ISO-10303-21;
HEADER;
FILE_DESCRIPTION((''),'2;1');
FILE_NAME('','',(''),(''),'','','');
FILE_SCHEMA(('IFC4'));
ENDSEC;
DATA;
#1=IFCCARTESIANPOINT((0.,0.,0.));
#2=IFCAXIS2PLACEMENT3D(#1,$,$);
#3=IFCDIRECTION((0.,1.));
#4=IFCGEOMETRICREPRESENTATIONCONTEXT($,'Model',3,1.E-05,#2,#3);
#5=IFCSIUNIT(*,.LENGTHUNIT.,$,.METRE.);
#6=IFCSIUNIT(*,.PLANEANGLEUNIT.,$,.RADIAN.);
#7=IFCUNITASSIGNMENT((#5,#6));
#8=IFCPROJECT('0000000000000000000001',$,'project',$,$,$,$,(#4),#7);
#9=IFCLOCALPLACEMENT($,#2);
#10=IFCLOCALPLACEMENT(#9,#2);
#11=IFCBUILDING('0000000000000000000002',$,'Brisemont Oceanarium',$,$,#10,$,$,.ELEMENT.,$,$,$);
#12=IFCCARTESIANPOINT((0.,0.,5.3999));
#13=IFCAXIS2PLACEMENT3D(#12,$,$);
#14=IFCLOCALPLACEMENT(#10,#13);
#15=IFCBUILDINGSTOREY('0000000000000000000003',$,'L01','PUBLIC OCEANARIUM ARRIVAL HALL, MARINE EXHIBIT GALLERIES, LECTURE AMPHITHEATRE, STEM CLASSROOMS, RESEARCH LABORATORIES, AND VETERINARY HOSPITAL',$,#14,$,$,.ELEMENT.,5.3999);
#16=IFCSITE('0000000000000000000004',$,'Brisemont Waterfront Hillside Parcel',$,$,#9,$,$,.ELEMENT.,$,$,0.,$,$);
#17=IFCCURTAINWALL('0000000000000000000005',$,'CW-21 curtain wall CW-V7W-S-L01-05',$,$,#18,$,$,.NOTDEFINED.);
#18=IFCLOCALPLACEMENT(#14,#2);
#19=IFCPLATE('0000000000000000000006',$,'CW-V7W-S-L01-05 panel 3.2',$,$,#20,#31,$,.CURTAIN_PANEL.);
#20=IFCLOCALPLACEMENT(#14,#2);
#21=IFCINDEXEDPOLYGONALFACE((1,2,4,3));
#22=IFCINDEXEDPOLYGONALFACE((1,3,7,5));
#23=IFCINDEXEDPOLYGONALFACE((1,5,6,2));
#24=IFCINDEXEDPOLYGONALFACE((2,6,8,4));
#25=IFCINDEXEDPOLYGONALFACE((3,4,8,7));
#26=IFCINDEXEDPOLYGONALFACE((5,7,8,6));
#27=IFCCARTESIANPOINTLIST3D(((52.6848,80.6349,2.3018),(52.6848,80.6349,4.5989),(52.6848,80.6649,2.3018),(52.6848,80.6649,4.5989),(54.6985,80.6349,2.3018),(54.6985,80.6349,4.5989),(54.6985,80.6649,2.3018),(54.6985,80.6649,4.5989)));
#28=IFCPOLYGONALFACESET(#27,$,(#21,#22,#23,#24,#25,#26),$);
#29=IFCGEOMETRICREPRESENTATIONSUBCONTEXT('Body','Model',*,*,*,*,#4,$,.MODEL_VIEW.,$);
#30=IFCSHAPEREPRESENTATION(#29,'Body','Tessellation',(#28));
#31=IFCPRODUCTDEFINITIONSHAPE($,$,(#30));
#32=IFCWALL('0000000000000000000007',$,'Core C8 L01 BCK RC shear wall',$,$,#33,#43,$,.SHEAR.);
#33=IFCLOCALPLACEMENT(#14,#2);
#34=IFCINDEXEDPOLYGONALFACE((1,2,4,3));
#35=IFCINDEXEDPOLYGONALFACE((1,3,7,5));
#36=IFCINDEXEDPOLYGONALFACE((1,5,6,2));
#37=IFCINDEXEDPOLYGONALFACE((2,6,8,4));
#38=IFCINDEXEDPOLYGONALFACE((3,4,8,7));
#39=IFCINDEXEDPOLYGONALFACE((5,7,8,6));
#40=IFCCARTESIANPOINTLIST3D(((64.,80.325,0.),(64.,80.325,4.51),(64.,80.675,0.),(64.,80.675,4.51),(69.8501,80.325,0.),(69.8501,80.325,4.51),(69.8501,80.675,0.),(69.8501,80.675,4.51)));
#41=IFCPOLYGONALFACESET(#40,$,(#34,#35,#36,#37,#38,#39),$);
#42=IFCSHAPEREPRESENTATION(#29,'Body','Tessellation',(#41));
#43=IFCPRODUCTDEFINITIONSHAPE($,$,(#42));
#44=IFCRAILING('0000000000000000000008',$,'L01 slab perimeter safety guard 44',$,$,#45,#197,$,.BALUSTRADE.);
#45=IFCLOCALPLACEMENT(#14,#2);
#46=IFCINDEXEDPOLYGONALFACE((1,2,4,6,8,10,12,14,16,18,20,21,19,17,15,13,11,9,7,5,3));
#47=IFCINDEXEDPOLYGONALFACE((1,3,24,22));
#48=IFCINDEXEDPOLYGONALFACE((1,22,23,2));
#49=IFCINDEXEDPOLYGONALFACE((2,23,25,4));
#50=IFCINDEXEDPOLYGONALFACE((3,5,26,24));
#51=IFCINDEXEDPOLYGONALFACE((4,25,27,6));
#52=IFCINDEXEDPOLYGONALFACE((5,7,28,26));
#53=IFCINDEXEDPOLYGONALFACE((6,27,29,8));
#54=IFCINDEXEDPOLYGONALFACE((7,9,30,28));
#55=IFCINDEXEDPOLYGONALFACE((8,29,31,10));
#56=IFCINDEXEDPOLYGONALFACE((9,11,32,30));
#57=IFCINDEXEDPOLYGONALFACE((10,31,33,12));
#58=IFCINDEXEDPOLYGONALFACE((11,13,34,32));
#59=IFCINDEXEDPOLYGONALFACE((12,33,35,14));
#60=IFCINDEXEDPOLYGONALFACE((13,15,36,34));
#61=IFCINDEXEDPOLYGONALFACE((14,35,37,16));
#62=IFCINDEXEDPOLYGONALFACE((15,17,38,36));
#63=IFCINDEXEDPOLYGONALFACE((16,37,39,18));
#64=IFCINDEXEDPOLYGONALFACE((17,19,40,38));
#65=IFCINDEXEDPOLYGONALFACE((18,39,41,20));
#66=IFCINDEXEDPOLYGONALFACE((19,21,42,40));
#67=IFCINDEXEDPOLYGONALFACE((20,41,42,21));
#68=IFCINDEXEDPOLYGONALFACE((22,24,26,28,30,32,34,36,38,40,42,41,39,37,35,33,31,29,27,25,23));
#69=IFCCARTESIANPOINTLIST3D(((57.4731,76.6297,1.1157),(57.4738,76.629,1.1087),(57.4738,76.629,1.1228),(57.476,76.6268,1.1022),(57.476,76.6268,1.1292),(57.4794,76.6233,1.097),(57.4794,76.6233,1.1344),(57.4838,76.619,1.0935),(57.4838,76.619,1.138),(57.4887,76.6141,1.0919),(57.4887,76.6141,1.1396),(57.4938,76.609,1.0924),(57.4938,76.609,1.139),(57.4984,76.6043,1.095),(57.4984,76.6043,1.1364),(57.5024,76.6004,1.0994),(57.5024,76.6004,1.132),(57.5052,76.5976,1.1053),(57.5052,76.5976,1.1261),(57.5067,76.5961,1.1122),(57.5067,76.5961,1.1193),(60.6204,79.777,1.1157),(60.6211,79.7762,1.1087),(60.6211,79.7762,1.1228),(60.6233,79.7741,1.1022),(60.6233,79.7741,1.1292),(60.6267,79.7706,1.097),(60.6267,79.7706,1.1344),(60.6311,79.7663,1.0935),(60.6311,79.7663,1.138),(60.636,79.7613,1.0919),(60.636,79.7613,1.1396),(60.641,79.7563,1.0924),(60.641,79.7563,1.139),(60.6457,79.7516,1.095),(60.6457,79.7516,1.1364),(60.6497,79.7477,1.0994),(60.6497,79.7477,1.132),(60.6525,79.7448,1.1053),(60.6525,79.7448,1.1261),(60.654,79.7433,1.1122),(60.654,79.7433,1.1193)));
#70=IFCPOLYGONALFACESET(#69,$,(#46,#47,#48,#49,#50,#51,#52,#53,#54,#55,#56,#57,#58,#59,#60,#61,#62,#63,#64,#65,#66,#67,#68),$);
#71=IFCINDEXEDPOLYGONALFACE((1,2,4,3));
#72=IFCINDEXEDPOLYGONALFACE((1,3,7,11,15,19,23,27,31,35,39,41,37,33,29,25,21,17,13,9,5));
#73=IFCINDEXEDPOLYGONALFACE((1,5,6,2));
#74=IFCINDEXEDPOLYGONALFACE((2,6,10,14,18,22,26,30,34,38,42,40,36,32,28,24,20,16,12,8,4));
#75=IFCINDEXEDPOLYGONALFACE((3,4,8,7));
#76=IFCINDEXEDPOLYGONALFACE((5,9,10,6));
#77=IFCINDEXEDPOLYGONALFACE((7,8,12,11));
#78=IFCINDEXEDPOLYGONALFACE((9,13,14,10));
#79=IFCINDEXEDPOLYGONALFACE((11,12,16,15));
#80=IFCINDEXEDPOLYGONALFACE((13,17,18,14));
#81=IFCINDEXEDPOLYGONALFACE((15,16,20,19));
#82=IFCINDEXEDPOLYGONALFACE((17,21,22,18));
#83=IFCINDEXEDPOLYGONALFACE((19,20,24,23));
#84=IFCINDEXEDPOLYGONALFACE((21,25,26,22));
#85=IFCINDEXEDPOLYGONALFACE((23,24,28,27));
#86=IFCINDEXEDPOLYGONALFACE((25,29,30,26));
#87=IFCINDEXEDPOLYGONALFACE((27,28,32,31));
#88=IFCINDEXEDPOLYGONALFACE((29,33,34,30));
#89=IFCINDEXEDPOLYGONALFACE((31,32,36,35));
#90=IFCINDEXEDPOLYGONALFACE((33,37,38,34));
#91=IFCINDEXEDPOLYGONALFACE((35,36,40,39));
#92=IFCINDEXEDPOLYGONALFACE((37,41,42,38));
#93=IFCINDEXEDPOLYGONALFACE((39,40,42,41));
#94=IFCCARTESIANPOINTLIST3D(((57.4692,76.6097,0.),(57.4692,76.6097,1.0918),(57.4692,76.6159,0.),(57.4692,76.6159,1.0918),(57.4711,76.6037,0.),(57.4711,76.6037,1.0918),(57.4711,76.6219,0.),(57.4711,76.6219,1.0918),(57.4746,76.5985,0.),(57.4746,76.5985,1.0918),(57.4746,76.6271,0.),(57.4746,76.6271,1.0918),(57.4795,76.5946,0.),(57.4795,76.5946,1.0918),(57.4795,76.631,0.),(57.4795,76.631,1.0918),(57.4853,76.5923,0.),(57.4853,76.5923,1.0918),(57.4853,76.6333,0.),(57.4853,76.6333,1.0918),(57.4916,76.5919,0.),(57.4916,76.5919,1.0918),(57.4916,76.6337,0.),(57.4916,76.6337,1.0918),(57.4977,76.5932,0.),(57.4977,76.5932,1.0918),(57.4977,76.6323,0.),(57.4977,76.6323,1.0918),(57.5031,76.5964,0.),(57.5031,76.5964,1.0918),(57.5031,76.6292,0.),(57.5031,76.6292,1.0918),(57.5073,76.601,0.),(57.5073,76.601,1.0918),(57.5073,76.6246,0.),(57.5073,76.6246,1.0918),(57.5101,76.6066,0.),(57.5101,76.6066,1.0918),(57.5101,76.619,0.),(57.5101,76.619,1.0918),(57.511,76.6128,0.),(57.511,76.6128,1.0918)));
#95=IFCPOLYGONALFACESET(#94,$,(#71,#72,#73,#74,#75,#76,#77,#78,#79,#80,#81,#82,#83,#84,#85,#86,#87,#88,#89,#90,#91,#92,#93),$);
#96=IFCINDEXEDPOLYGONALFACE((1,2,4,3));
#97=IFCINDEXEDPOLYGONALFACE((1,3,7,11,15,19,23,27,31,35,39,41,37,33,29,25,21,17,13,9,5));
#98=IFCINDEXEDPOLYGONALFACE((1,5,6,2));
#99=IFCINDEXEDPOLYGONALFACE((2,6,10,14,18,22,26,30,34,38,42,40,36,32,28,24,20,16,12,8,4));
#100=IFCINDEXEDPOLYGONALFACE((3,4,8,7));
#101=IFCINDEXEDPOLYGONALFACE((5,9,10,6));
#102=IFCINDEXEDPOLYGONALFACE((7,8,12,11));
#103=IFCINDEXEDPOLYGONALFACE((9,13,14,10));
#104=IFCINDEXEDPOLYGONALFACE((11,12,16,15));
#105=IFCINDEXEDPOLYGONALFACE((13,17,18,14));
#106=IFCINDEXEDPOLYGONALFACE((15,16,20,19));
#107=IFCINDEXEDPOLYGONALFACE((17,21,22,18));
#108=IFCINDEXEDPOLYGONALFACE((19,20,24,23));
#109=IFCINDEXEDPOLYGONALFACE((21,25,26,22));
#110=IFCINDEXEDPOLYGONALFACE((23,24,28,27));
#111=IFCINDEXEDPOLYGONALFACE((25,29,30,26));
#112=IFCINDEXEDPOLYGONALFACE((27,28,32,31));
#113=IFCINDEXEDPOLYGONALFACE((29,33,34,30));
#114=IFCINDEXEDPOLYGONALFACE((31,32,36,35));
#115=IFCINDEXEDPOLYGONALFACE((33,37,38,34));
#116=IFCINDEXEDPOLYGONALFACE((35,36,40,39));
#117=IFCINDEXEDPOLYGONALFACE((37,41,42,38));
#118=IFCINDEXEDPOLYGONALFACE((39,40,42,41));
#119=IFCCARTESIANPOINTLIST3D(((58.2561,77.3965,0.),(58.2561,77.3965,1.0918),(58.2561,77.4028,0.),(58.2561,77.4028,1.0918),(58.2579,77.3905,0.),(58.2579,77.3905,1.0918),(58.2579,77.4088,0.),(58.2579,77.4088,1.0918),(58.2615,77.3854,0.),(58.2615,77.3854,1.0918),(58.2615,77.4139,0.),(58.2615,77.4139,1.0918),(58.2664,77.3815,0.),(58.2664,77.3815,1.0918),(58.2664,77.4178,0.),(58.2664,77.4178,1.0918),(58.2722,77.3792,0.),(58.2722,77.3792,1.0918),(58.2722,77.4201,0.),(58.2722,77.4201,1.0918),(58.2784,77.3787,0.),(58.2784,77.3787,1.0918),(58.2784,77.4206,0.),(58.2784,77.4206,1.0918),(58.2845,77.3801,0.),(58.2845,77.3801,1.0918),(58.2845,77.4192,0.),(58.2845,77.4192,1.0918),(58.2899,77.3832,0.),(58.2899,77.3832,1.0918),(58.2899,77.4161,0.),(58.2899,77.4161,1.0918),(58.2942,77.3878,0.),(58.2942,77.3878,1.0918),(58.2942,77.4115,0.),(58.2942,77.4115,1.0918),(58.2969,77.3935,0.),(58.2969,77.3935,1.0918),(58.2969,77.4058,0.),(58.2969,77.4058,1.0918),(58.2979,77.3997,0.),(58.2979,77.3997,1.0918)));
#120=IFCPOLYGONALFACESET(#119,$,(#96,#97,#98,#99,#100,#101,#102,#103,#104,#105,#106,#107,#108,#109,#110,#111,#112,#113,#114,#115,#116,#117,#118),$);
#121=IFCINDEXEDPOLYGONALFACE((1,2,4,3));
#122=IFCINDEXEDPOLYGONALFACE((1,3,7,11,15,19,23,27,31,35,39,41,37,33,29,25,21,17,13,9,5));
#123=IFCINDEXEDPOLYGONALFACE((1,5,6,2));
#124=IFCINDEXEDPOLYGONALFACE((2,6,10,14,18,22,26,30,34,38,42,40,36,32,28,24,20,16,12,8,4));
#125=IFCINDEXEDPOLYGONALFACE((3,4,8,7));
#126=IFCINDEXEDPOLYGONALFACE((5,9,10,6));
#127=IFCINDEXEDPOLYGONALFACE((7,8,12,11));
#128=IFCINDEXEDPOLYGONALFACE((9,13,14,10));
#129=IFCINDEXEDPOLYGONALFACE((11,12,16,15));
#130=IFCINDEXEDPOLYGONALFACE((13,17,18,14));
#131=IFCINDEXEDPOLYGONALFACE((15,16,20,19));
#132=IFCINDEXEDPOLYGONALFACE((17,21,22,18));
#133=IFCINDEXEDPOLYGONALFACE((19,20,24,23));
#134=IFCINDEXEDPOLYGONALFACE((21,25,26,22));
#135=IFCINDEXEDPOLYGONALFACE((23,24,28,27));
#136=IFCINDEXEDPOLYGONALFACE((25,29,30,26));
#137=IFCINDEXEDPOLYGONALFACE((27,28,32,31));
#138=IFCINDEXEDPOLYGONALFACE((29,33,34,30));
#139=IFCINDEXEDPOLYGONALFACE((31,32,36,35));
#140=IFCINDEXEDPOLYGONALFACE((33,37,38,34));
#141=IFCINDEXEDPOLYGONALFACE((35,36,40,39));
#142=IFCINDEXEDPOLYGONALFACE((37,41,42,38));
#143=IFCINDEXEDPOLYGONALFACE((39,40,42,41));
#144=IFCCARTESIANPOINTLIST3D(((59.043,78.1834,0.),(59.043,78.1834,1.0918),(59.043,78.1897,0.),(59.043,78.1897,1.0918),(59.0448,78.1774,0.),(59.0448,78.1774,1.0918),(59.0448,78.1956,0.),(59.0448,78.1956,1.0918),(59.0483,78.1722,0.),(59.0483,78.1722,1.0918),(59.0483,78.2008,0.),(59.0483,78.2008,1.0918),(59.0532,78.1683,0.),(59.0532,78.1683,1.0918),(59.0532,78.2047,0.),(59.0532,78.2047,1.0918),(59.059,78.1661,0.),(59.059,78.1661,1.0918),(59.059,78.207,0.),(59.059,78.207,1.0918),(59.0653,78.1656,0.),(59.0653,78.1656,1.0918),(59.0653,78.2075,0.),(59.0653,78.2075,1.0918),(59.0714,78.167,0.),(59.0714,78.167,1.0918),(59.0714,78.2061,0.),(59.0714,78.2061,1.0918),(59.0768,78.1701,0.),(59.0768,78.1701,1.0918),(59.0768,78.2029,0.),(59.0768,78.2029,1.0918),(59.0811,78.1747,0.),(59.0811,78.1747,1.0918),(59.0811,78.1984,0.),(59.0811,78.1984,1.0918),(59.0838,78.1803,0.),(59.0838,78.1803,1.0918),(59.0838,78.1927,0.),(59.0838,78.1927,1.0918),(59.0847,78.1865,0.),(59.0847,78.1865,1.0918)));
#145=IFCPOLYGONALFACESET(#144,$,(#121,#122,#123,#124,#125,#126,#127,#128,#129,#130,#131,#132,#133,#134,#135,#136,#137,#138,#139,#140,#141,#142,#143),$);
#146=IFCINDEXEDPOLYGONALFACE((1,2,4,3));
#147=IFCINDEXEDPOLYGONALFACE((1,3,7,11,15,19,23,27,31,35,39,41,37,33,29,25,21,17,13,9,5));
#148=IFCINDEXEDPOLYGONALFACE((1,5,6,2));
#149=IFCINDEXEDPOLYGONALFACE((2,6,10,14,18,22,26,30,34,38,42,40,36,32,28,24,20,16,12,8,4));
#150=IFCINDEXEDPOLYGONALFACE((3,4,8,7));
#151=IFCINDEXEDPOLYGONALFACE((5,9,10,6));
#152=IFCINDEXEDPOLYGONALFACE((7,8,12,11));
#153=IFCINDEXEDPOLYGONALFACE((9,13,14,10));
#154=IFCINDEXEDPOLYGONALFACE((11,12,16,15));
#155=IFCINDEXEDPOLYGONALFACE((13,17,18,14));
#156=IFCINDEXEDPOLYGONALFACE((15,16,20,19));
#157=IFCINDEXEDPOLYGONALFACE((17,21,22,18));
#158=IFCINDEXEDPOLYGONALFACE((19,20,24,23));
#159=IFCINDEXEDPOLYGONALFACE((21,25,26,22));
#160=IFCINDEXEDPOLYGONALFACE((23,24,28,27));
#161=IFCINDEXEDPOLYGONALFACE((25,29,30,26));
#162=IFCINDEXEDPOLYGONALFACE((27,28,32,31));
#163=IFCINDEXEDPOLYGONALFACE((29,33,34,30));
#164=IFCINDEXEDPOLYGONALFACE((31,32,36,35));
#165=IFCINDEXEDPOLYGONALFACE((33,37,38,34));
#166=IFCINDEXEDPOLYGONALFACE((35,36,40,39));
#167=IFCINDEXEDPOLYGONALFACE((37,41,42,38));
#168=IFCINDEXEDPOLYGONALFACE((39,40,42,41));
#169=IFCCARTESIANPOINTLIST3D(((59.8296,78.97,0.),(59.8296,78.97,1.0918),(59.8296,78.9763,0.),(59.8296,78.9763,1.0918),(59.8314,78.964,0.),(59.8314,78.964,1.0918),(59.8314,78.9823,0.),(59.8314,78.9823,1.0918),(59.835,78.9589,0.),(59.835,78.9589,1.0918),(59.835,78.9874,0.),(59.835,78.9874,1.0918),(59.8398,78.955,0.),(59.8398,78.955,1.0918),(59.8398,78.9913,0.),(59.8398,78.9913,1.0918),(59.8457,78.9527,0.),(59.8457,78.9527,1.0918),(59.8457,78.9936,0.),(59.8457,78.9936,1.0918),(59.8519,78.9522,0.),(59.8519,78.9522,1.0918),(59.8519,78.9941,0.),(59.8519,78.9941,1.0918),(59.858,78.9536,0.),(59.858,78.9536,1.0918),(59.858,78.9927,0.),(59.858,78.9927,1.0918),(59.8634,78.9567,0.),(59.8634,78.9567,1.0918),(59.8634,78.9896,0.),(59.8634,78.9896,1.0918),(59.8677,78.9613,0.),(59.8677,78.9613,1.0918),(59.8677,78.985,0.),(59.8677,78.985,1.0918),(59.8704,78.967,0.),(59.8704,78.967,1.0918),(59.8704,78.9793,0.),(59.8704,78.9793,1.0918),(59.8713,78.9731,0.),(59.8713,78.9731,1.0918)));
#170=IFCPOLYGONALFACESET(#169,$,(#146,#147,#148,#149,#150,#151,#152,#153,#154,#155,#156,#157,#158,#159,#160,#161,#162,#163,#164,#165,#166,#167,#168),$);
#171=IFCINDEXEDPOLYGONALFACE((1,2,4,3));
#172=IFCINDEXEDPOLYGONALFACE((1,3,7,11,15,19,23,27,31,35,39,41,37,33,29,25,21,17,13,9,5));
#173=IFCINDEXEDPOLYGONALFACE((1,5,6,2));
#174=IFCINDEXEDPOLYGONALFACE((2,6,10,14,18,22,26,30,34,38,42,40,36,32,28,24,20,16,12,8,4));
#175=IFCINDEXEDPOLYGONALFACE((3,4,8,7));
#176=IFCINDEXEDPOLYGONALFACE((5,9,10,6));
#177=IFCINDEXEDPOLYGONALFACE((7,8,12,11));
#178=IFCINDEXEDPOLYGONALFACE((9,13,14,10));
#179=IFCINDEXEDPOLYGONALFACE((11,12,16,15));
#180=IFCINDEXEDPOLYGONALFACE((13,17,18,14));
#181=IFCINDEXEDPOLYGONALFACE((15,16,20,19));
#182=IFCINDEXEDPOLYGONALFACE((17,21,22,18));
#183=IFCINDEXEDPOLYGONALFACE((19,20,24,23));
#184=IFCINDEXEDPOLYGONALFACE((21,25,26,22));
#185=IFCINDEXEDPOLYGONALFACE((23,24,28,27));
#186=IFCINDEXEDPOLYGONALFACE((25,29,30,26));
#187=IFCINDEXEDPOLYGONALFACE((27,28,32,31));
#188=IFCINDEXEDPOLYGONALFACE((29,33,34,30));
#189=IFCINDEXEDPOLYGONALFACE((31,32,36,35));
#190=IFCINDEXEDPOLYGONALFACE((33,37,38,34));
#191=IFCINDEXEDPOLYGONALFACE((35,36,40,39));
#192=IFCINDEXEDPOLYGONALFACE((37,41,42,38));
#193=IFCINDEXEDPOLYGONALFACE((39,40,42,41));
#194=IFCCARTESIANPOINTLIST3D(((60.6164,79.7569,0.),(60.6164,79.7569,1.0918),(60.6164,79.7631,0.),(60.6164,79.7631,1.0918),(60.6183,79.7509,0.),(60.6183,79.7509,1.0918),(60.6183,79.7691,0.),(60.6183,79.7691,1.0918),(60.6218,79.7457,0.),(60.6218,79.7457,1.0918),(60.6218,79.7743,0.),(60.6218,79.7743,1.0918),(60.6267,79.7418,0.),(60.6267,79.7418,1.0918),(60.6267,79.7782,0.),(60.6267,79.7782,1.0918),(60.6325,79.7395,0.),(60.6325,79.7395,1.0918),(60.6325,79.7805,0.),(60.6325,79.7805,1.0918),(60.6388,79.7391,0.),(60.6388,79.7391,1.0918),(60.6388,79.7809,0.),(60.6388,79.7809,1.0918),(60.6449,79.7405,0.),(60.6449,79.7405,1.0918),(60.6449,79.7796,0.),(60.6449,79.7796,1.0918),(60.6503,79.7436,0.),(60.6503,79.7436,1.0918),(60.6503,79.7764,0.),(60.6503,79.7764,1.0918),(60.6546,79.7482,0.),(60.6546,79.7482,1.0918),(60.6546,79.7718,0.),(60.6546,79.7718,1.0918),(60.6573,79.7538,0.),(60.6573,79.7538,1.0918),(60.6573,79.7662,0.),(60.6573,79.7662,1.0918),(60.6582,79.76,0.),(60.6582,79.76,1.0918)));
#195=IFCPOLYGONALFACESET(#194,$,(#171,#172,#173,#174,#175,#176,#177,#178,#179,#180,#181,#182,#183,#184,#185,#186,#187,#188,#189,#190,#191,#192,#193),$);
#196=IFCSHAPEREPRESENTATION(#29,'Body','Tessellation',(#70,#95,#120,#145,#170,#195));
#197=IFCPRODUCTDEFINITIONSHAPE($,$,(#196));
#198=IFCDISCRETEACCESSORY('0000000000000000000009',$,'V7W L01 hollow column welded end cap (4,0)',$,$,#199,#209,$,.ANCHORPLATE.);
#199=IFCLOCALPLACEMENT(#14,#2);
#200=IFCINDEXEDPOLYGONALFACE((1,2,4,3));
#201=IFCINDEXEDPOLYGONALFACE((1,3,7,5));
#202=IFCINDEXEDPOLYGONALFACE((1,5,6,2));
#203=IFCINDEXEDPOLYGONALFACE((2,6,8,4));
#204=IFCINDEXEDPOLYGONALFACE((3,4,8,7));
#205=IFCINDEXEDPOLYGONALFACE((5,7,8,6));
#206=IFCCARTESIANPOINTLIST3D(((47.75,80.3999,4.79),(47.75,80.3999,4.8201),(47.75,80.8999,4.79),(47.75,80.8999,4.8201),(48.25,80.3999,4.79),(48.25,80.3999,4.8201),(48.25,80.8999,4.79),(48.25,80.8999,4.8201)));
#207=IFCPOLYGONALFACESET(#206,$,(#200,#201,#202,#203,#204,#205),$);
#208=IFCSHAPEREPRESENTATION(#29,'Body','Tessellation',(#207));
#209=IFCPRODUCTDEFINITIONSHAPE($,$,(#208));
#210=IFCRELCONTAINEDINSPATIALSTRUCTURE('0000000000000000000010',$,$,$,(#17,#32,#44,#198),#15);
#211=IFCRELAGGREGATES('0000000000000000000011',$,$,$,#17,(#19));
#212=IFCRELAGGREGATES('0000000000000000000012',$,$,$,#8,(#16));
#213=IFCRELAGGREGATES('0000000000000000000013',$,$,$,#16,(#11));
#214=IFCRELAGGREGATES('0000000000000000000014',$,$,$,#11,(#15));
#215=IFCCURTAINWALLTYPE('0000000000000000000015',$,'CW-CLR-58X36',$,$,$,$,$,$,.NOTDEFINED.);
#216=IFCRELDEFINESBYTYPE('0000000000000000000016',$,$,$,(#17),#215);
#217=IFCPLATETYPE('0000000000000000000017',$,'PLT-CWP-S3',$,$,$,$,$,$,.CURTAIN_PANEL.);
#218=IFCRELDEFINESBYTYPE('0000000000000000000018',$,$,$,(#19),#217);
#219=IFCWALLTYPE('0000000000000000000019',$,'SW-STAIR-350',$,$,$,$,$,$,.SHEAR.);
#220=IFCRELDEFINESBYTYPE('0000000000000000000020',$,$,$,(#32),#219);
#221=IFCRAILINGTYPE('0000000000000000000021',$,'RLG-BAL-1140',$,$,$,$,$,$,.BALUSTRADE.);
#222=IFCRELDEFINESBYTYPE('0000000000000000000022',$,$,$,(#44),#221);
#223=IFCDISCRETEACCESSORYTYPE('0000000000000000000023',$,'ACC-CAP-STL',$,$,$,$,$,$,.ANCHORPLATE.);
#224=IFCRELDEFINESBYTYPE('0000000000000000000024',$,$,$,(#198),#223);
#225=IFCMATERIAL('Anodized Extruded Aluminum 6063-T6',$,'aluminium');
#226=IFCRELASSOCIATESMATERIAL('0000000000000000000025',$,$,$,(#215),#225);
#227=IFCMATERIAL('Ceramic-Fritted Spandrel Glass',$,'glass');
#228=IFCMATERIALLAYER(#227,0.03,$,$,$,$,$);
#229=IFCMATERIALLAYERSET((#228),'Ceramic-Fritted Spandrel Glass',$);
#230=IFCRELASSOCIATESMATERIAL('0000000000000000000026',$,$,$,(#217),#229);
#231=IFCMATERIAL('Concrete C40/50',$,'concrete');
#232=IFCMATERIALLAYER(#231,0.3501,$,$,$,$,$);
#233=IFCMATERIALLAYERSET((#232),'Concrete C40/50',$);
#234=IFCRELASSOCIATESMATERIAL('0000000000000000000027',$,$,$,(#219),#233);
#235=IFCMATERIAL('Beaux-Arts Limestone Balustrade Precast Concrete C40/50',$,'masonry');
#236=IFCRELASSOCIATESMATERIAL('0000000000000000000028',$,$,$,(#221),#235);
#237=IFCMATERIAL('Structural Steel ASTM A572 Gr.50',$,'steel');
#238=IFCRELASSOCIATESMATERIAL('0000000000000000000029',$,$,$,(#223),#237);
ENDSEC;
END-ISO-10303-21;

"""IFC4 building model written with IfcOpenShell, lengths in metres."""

from ifc_helpers import new_model, si_unit, direction, frame, frame_2d, origin, origin_2d, place, context, subcontext, project, spatial, rectangle, circle, extrude, material, layer, layer_set, type_object, element, aggregate, save


model = new_model("IFC4")

# Units and contexts
model_context = context("Model", 3, precision=1e-05, world=origin(), true_north=direction((0.0, 1.0)))
body_context = subcontext(model_context, "Body", "Model", "MODEL_VIEW")
ifc_project = project(units=[si_unit("LENGTHUNIT", "METRE"), si_unit("PLANEANGLEUNIT", "RADIAN")], contexts=[model_context])

# Site, building, storey
site_placement = place(None, origin())
site = spatial("IfcSite", under=ifc_project, at=site_placement, Name="Brisemont Waterfront Hillside Parcel", CompositionType="ELEMENT", RefElevation=0.0)
building_placement = place(site_placement, origin())
building = spatial("IfcBuilding", under=site, at=building_placement, Name="Brisemont Oceanarium", CompositionType="ELEMENT")
storey_placement = place(building_placement, frame((0.0, 0.0, 5.3999)))
storey = spatial("IfcBuildingStorey", under=building, at=storey_placement, Name="L01", Description="PUBLIC OCEANARIUM ARRIVAL HALL, MARINE EXHIBIT GALLERIES, LECTURE AMPHITHEATRE, STEM CLASSROOMS, RESEARCH LABORATORIES, AND VETERINARY HOSPITAL", CompositionType="ELEMENT", Elevation=5.3999)

# Shared definitions
ifc_material_1 = material(Name="Anodized Extruded Aluminum 6063-T6", Category="aluminium")
curtain_wall_type = type_object("IfcCurtainWallType", Name="CW-CLR-58X36", PredefinedType="NOTDEFINED", material=ifc_material_1)

# Curtain wall
curtain_wall_1_placement = place(storey_placement, origin())
curtain_wall_1 = element("IfcCurtainWall", 1, at=curtain_wall_1_placement, inside=storey, type_object=curtain_wall_type, Name="CW-21 curtain wall CW-V7W-S-L01-05", PredefinedType="NOTDEFINED")

# Plate
ifc_material_2 = material(Name="Ceramic-Fritted Spandrel Glass", Category="glass")
ifc_layer_1 = layer(ifc_material_2, 0.03)
ifc_layer_set_1 = layer_set([ifc_layer_1], Name="Ceramic-Fritted Spandrel Glass")
plate_type = type_object("IfcPlateType", Name="PLT-CWP-S3", PredefinedType="CURTAIN_PANEL", material=ifc_layer_set_1)
plate_1_placement = place(storey_placement, frame((53.6917, 80.6499, 2.3018), z_axis=(0.0, 0.0, 1.0), x_axis=(1.0, 0.0, 0.0)))
plate_1 = element("IfcPlate", 2, at=plate_1_placement, type_object=plate_type, Name="CW-V7W-S-L01-05 panel 3.2", PredefinedType="CURTAIN_PANEL", context=body_context, shape_type="SweptSolid", body=[
    extrude(rectangle(XDim=2.0137, YDim=0.03, at=origin_2d()), origin(), (0.0, 0.0, 1.0), 2.2971),
])
aggregate(curtain_wall_1, [plate_1])

# Wall
ifc_material_3 = material(Name="Concrete C40/50", Category="concrete")
ifc_layer_2 = layer(ifc_material_3, 0.3501)
ifc_layer_set_2 = layer_set([ifc_layer_2], Name="Concrete C40/50")
wall_type = type_object("IfcWallType", Name="SW-STAIR-350", PredefinedType="SHEAR", material=ifc_layer_set_2)
wall_placement = place(storey_placement, frame((64.0, 80.5, 0.0), z_axis=(0.0, 0.0, 1.0), x_axis=(1.0, 0.0, 0.0)))
element("IfcWall", 3, at=wall_placement, inside=storey, type_object=wall_type, Name="Core C8 L01 BCK RC shear wall", PredefinedType="SHEAR", context=body_context, shape_type="SweptSolid", body=[
    extrude(rectangle(XDim=5.8501, YDim=0.3501, at=frame_2d((2.925, 0.0))), origin(), (0.0, 0.0, 1.0), 4.51),
])

# Railing
ifc_material_4 = material(Name="Beaux-Arts Limestone Balustrade Precast Concrete C40/50", Category="masonry")
railing_type_1 = type_object("IfcRailingType", Name="RLG-BAL-1140", PredefinedType="BALUSTRADE", material=ifc_material_4)
railing_1_placement = place(storey_placement, frame((57.49, 76.6128, 0.0)))
element("IfcRailing", 4, at=railing_1_placement, inside=storey, type_object=railing_type_1, Name="L01 slab perimeter safety guard 44", PredefinedType="BALUSTRADE", context=body_context, shape_type="SweptSolid", body=[
    extrude(circle(Radius=0.0239, at=origin_2d()), frame((0.0, 0.0, 1.1157), z_axis=(0.707107, 0.707107, 0.0), x_axis=(-0.707107, 0.707107, 0.0)), (0.0, 0.0, 1.0), 4.4509),
    extrude(circle(Radius=0.021, at=origin_2d()), origin(), (0.0, 0.0, 1.0), 1.0918),
    extrude(circle(Radius=0.021, at=origin_2d()), frame((0.7869, 0.7869, 0.0)), (0.0, 0.0, 1.0), 1.0918),
    extrude(circle(Radius=0.021, at=origin_2d()), frame((1.5737, 1.5737, 0.0)), (0.0, 0.0, 1.0), 1.0918),
    extrude(circle(Radius=0.021, at=origin_2d()), frame((2.3604, 2.3604, 0.0)), (0.0, 0.0, 1.0), 1.0918),
    extrude(circle(Radius=0.021, at=origin_2d()), frame((3.1472, 3.1472, 0.0)), (0.0, 0.0, 1.0), 1.0918),
])

# Discrete accessory
ifc_material_5 = material(Name="Structural Steel ASTM A572 Gr.50", Category="steel")
discrete_accessory_type = type_object("IfcDiscreteAccessoryType", Name="ACC-CAP-STL", PredefinedType="ANCHORPLATE", material=ifc_material_5)
for number, where, z_axis, x_axis, name in (
    (5, (48.0, 80.6499, 4.79), (0.0, 0.0, 1.0), (1.0, 0.0, 0.0), "V7W L01 hollow column welded end cap (4,0)"),
):
    element("IfcDiscreteAccessory", number, at=place(storey_placement, frame(where, z_axis=z_axis, x_axis=x_axis)), inside=storey, type_object=discrete_accessory_type, Name=name, PredefinedType="ANCHORPLATE", context=body_context, shape_type="SweptSolid", body=[
        extrude(rectangle(XDim=0.5, YDim=0.5, at=origin_2d()), origin(), (0.0, 0.0, 1.0), 0.03),
    ])

save(model, "model.ifc")
